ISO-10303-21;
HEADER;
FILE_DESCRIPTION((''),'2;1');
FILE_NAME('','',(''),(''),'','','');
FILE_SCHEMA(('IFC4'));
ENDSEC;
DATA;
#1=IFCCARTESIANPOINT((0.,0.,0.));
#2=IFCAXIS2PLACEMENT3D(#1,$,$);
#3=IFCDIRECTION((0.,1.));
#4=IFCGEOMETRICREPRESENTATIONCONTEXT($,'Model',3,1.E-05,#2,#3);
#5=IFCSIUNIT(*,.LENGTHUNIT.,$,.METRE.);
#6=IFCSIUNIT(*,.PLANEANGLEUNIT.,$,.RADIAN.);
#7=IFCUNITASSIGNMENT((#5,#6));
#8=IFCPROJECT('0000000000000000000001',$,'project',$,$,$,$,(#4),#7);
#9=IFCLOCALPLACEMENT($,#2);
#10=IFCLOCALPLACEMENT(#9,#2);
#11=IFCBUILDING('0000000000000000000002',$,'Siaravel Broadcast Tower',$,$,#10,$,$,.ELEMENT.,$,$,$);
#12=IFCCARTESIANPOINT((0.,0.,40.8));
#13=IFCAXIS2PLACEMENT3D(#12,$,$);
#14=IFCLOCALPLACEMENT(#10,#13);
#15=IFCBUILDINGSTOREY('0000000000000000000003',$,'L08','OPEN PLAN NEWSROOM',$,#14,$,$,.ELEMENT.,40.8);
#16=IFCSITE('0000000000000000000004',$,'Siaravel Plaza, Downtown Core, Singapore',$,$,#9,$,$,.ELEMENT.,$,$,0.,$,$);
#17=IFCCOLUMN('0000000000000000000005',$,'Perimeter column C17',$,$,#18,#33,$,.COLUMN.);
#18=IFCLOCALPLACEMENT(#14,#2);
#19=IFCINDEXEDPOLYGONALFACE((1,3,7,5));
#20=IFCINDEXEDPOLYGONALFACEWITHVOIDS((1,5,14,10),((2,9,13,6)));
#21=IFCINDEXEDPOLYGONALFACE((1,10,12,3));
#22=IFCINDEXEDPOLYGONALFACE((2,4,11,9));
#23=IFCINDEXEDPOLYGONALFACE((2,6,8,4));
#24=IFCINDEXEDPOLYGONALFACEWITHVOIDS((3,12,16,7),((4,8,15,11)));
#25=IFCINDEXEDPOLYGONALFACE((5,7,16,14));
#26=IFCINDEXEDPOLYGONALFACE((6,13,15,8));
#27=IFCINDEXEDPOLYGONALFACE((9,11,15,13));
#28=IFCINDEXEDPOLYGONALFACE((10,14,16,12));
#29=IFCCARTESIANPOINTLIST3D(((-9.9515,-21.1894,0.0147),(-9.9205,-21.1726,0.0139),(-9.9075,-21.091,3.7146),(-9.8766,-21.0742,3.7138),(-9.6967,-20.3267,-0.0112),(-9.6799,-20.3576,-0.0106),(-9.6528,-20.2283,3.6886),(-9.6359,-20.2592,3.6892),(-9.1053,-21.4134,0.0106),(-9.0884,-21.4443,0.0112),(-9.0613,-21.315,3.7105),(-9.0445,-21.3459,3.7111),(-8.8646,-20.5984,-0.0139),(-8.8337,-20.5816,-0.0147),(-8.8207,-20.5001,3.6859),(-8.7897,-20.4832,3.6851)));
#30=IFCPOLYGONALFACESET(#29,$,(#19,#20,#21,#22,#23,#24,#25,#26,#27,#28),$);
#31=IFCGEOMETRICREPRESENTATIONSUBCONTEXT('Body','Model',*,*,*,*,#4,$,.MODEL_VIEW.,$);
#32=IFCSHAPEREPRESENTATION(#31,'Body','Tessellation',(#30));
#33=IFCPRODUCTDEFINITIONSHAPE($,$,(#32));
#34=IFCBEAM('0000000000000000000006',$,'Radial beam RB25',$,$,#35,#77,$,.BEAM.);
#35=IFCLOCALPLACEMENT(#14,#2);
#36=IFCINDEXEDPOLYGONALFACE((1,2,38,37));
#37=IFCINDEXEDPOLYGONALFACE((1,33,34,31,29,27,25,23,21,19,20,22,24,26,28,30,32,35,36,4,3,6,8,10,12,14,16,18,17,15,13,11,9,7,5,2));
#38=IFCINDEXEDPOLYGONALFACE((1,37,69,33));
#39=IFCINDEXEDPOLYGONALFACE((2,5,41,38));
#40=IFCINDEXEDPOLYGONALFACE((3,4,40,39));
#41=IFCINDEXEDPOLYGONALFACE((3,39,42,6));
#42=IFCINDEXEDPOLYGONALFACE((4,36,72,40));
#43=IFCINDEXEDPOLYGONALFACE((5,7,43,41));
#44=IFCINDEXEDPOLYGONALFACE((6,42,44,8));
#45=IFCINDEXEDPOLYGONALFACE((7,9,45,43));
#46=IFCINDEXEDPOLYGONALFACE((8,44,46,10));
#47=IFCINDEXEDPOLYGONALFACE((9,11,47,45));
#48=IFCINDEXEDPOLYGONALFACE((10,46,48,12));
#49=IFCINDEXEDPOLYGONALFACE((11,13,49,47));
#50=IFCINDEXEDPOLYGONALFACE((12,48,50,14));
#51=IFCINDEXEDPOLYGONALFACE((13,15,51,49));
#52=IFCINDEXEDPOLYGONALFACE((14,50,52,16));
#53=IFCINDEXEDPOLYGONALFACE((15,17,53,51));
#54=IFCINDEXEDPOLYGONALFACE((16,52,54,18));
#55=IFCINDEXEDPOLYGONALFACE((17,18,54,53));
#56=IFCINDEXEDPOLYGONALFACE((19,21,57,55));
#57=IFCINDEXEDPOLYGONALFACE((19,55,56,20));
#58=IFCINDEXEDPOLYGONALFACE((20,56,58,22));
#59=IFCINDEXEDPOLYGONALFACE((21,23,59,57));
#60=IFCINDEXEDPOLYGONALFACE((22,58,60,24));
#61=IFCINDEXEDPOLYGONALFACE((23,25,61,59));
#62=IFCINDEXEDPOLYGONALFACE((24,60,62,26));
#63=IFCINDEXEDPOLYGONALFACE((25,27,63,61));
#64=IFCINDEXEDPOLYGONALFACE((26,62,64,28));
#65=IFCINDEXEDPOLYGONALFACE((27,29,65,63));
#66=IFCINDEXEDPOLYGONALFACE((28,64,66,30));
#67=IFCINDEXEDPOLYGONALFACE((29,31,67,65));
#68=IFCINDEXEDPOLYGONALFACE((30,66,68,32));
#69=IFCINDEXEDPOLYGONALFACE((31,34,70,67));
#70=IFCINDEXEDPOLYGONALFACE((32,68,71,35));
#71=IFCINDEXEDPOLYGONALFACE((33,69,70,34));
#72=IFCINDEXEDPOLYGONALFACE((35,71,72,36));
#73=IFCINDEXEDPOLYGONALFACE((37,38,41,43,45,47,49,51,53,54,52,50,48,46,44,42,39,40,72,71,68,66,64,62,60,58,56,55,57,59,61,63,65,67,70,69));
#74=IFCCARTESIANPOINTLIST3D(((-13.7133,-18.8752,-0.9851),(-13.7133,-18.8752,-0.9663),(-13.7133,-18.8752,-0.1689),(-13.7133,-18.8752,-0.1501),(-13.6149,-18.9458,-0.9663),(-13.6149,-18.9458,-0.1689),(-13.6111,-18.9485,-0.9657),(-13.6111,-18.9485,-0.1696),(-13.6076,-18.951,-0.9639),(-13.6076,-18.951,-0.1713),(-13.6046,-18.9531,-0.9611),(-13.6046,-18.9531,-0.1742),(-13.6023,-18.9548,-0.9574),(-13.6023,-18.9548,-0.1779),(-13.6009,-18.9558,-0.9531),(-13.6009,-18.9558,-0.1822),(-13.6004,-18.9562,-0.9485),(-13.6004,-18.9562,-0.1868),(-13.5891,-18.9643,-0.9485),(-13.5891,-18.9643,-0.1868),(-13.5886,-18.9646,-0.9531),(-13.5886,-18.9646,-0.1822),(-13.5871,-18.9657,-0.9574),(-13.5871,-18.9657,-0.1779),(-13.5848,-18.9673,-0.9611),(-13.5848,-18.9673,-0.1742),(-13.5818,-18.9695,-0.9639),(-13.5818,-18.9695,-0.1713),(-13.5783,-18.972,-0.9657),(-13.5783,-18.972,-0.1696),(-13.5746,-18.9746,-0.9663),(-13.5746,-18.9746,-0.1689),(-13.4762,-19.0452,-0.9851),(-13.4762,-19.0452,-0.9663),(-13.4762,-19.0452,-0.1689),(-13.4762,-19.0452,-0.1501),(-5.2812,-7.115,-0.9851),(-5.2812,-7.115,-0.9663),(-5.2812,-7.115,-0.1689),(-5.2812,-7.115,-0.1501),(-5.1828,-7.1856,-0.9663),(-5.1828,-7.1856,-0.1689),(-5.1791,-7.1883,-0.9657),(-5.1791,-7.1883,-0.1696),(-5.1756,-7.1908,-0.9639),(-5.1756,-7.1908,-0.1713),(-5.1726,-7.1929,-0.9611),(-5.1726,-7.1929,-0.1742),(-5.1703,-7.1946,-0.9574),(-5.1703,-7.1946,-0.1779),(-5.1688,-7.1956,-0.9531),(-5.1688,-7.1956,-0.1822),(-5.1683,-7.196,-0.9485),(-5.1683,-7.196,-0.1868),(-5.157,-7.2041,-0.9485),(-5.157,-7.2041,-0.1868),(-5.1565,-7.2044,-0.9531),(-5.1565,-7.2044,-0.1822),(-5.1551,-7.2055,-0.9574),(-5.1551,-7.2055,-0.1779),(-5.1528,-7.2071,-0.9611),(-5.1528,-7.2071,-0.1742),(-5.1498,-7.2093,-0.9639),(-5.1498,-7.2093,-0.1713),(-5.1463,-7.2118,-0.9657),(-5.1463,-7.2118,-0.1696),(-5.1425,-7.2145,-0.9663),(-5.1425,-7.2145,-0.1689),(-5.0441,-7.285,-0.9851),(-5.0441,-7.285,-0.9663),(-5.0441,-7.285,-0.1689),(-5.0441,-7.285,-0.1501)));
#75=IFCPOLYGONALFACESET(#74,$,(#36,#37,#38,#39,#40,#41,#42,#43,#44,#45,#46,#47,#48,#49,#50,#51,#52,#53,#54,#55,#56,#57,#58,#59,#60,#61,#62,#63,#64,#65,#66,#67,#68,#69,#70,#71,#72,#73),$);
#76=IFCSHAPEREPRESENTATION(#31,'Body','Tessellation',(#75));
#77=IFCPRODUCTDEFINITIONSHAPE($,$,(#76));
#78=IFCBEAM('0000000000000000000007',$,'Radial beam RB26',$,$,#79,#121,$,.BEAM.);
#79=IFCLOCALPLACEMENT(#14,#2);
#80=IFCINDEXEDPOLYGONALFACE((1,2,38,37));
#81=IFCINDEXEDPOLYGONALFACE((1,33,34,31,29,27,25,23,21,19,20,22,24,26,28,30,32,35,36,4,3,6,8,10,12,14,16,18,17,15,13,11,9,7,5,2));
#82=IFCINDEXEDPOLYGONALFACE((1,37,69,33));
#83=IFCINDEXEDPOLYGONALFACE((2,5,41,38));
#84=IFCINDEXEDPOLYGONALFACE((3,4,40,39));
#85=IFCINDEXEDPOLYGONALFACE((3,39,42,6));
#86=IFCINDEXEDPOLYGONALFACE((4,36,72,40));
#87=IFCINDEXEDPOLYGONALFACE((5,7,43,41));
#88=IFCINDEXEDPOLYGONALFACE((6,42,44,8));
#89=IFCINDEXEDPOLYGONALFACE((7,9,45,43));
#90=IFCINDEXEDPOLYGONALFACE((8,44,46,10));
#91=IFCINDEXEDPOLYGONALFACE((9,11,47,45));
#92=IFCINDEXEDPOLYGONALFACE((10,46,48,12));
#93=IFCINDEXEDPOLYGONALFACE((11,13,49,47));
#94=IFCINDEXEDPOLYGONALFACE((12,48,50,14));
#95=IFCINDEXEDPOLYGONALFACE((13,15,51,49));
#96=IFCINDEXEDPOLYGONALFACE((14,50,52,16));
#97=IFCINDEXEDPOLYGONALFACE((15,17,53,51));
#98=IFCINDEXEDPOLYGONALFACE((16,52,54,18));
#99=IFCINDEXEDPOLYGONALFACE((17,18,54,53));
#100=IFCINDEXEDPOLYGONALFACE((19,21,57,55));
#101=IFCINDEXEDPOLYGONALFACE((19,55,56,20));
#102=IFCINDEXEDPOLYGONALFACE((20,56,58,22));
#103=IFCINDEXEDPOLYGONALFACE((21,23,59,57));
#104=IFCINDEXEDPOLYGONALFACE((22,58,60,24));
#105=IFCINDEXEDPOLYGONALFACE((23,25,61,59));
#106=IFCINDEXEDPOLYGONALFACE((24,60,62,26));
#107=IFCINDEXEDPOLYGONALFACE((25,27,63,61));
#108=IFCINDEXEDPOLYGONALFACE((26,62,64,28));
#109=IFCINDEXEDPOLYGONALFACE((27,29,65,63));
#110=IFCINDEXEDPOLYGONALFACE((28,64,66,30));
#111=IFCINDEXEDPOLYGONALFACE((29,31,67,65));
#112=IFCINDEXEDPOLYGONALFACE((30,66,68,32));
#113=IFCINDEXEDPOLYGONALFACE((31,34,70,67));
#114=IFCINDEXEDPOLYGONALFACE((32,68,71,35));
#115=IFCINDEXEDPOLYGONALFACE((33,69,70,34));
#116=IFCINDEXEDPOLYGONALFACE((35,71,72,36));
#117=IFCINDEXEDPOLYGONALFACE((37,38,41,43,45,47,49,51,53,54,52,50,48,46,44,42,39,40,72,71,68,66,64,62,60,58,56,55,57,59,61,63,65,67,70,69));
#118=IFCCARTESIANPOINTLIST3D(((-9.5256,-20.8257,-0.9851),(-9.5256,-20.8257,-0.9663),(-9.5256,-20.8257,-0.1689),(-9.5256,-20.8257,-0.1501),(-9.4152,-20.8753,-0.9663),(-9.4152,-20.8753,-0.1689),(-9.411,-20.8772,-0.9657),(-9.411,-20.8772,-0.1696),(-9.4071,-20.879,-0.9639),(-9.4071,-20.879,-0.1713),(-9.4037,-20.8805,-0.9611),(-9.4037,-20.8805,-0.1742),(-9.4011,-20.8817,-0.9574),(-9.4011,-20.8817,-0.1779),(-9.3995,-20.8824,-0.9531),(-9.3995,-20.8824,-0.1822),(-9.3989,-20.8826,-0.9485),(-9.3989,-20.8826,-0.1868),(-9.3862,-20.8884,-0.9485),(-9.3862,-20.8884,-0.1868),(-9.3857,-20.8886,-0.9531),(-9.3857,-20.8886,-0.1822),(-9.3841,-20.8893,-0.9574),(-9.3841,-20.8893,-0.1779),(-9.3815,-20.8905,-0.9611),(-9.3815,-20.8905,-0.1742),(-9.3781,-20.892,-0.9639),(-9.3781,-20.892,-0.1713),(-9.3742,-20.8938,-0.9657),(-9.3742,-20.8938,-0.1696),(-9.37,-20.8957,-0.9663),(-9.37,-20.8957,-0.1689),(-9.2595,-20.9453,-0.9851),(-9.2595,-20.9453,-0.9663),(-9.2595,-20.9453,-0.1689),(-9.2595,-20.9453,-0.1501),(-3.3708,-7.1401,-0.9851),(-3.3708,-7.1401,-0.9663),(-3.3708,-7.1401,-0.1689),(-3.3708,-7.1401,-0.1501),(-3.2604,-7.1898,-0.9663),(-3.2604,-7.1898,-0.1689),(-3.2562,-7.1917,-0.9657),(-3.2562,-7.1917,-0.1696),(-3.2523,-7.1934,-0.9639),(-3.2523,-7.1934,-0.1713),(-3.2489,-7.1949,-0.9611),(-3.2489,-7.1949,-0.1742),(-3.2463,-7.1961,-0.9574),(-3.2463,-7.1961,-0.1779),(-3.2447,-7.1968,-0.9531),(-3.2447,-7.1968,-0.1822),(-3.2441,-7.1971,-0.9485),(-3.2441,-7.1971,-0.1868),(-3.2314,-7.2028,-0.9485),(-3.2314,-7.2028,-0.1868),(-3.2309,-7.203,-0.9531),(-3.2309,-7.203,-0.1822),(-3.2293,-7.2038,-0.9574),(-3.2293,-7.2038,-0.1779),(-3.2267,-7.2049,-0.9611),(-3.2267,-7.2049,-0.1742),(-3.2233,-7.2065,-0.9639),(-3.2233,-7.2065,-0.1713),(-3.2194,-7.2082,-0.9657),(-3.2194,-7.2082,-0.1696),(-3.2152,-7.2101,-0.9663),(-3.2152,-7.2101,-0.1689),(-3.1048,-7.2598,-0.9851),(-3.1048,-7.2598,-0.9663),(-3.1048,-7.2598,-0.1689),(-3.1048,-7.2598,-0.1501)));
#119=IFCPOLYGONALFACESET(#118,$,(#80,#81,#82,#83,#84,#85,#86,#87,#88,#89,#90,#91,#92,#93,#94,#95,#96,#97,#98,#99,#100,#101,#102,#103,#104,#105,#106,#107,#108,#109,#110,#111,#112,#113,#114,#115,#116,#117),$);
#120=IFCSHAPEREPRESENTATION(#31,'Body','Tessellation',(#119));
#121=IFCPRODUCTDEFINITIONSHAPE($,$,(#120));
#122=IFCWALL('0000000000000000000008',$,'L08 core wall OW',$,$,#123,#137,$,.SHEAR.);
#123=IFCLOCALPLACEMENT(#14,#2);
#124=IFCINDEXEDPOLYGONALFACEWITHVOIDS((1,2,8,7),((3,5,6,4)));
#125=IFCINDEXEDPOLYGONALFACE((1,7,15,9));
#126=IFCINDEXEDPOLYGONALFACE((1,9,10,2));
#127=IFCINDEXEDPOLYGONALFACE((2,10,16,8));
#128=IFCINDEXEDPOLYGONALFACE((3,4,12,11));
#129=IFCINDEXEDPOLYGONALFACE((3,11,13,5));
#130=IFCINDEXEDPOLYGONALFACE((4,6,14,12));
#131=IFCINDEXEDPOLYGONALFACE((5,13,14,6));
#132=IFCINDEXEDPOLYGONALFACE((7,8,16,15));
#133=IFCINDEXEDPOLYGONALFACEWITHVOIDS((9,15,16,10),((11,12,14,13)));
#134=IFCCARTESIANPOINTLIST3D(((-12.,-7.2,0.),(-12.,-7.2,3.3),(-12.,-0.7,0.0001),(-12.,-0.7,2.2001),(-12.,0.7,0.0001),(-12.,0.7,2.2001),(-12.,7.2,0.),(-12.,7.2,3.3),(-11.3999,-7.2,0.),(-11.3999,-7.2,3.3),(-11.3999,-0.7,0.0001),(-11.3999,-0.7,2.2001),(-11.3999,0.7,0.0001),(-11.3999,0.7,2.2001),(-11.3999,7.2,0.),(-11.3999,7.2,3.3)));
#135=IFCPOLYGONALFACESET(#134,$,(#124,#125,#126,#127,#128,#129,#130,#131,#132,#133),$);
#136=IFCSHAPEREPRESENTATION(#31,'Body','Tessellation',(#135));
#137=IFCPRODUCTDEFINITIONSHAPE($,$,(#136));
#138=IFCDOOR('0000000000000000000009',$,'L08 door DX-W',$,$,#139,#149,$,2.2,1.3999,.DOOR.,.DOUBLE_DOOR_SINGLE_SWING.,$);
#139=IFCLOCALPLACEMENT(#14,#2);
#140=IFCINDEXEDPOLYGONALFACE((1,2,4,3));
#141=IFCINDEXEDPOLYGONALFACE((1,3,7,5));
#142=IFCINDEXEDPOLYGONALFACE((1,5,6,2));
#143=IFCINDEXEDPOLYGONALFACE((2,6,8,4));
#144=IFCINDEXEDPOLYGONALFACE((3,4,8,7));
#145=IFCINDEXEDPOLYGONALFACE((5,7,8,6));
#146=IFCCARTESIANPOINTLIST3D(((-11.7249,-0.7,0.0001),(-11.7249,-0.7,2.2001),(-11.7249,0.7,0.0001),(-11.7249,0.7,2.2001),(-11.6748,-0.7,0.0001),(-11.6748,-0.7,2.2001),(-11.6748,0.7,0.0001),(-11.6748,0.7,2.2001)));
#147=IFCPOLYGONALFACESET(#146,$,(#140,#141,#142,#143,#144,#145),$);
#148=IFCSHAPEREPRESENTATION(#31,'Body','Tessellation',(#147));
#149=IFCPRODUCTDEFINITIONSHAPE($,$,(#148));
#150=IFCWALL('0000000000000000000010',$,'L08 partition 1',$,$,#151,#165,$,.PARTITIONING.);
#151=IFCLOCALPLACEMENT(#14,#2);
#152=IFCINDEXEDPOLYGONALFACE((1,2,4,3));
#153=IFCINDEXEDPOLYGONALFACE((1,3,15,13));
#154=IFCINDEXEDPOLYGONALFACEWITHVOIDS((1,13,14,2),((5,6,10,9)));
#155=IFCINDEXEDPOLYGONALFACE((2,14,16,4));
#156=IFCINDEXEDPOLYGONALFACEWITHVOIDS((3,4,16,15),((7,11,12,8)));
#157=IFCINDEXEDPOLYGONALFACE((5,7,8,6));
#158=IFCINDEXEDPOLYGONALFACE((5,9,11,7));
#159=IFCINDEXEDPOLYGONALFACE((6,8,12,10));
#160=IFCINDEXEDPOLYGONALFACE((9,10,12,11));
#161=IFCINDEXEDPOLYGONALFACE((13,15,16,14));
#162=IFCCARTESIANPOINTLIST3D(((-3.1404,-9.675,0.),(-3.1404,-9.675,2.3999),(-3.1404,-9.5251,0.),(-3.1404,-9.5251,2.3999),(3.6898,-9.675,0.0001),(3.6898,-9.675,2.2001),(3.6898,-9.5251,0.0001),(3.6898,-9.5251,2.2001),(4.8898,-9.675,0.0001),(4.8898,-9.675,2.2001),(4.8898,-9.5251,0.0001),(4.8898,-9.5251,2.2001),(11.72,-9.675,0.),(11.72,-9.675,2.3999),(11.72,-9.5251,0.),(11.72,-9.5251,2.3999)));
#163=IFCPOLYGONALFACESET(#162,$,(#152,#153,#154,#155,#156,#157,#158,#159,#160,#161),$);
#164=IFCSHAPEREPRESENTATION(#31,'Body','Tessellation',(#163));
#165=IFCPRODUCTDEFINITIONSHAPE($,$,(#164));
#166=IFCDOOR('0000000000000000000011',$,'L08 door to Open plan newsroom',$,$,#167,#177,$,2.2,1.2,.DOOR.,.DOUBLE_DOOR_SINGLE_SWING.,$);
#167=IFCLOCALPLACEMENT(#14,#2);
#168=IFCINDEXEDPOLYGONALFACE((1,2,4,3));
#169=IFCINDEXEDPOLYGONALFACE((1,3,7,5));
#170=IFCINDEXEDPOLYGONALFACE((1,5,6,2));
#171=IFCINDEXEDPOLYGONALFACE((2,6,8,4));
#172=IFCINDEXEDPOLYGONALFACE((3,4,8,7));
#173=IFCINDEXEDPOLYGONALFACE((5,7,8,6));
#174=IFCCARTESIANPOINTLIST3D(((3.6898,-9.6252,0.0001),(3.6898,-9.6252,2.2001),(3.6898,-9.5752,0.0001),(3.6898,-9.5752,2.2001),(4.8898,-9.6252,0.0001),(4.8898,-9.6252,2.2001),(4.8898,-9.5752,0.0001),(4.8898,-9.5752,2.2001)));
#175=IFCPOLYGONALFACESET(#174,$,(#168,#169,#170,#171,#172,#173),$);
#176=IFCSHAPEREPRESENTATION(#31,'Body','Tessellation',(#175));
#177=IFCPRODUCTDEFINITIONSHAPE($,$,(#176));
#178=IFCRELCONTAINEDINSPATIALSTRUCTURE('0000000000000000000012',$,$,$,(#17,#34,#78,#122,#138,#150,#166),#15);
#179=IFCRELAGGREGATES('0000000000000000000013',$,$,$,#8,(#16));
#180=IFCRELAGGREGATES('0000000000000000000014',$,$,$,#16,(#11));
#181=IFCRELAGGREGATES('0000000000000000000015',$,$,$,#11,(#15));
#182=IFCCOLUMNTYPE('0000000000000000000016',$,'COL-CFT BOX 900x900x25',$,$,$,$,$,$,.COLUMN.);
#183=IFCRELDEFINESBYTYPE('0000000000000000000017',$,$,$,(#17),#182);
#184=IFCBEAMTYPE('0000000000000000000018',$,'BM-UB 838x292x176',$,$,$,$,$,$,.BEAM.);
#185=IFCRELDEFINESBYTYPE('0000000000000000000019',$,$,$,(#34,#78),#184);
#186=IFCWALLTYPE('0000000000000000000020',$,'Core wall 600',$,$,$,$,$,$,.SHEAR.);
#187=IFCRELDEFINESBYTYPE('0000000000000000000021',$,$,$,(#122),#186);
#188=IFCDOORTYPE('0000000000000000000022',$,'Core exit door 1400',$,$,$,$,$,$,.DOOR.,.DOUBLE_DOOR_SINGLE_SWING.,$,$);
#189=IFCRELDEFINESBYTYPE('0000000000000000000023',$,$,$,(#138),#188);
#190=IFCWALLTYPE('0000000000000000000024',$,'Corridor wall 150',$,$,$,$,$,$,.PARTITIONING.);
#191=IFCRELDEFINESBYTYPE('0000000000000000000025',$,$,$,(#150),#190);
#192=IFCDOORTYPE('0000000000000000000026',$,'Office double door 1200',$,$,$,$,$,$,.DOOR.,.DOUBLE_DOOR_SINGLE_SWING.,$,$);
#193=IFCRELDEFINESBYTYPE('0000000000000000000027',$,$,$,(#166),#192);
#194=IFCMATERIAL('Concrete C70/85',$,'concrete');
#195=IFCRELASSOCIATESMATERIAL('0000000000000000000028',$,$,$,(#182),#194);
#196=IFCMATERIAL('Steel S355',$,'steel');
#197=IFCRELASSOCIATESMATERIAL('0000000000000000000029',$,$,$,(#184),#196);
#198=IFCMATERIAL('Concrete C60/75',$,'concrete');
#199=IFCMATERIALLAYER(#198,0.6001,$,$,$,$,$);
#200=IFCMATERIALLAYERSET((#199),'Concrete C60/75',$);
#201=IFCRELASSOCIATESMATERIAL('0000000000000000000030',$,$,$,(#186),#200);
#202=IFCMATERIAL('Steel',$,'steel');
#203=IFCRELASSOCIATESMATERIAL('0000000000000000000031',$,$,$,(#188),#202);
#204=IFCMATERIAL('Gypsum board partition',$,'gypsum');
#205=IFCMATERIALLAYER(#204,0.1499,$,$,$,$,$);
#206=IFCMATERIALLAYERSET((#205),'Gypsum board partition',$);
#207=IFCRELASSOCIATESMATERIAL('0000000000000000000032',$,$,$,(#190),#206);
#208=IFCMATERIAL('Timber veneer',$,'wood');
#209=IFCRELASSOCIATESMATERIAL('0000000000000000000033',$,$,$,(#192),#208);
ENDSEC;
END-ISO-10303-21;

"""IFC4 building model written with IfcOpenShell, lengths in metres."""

from ifc_helpers import new_model, si_unit, direction, frame, frame_2d, origin, origin_2d, place, context, subcontext, project, spatial, rectangle, hollow_rectangle, i_section, extrude, material, layer, layer_set, material_profile, profile_set, type_object, element, fill, save


model = new_model("IFC4")

# Units and contexts
model_context = context("Model", 3, precision=1e-05, world=origin(), true_north=direction((0.0, 1.0)))
body_context = subcontext(model_context, "Body", "Model", "MODEL_VIEW")
ifc_project = project(units=[si_unit("LENGTHUNIT", "METRE"), si_unit("PLANEANGLEUNIT", "RADIAN")], contexts=[model_context])

# Site, building, storey
site_placement = place(None, origin())
site = spatial("IfcSite", under=ifc_project, at=site_placement, Name="Siaravel Plaza, Downtown Core, Singapore", CompositionType="ELEMENT", RefElevation=0.0)
building_placement = place(site_placement, origin())
building = spatial("IfcBuilding", under=site, at=building_placement, Name="Siaravel Broadcast Tower", CompositionType="ELEMENT")
storey_placement = place(building_placement, frame((0.0, 0.0, 40.8)))
storey = spatial("IfcBuildingStorey", under=building, at=storey_placement, Name="L08", Description="OPEN PLAN NEWSROOM", CompositionType="ELEMENT", Elevation=40.8)

# Column
ifc_material_1 = material(Name="Concrete C70/85", Category="concrete")
ifc_material_profile_1 = material_profile(ifc_material_1, hollow_rectangle(XDim=0.8999, YDim=0.8999, WallThickness=0.0249, at=origin_2d()))
ifc_profile_set_1 = profile_set([ifc_material_profile_1], Name="Concrete C70/85")
column_type = type_object("IfcColumnType", Name="COL-CFT BOX 900x900x25", PredefinedType="COLUMN", material=ifc_profile_set_1)
column_placement = place(storey_placement, frame((-9.3926, -20.8855, 0.0), z_axis=(0.011872, 0.026581, 0.999576), x_axis=(-0.95902, 0.283312, 0.003857)))
element("IfcColumn", 1, at=column_placement, inside=storey, type_object=column_type, Name="Perimeter column C17", PredefinedType="COLUMN", context=body_context, shape_type="SweptSolid", body=[
    extrude(hollow_rectangle(XDim=0.8999, YDim=0.8999, WallThickness=0.0249, at=origin_2d()), origin(), (0.0, 0.0, 1.0), 3.7014),
])

# Beams
ifc_material_2 = material(Name="Steel S355", Category="steel")
ifc_material_profile_2 = material_profile(ifc_material_2, i_section(OverallWidth=0.2917, OverallDepth=0.835, WebThickness=0.0139, FlangeThickness=0.0188, FilletRadius=0.0178, at=origin_2d()))
ifc_profile_set_2 = profile_set([ifc_material_profile_2], Name="Steel S355")
beam_type = type_object("IfcBeamType", Name="BM-UB 838x292x176", PredefinedType="BEAM", material=ifc_profile_set_2)
beam_1_placement = place(storey_placement, frame((-13.5947, -18.9602, -0.5676), z_axis=(0.582699, 0.812688, 0.0), x_axis=(-0.812688, 0.582699, 0.0)))
element("IfcBeam", 2, at=beam_1_placement, inside=storey, type_object=beam_type, Name="Radial beam RB25", PredefinedType="BEAM", context=body_context, shape_type="SweptSolid", body=[
    extrude(i_section(OverallWidth=0.2917, OverallDepth=0.835, WebThickness=0.0139, FlangeThickness=0.0188, FilletRadius=0.0178, at=origin_2d()), origin(), (0.0, 0.0, 1.0), 14.4707),
])
beam_2_placement = place(storey_placement, frame((-9.3926, -20.8855, -0.5676), z_axis=(0.410159, 0.912014, 0.0), x_axis=(-0.912014, 0.410159, 0.0)))
element("IfcBeam", 3, at=beam_2_placement, inside=storey, type_object=beam_type, Name="Radial beam RB26", PredefinedType="BEAM", context=body_context, shape_type="SweptSolid", body=[
    extrude(i_section(OverallWidth=0.2917, OverallDepth=0.835, WebThickness=0.0139, FlangeThickness=0.0188, FilletRadius=0.0178, at=origin_2d()), origin(), (0.0, 0.0, 1.0), 15.0059),
])

# Wall, opening, door
ifc_material_3 = material(Name="Concrete C60/75", Category="concrete")
ifc_layer_1 = layer(ifc_material_3, 0.6001)
ifc_layer_set_1 = layer_set([ifc_layer_1], Name="Concrete C60/75")
wall_type_1 = type_object("IfcWallType", Name="Core wall 600", PredefinedType="SHEAR", material=ifc_layer_set_1)
wall_1_placement = place(storey_placement, frame((-11.7, -7.2, 0.0), z_axis=(0.0, 0.0, 1.0), x_axis=(0.0, 1.0, 0.0)))
wall_1 = element("IfcWall", 4, at=wall_1_placement, inside=storey, type_object=wall_type_1, Name="L08 core wall OW", PredefinedType="SHEAR", context=body_context, shape_type="SweptSolid", body=[
    extrude(rectangle(XDim=14.3999, YDim=0.6001, at=frame_2d((7.2, 0.0))), origin(), (0.0, 0.0, 1.0), 3.3),
])
opening_1_placement = place(wall_1_placement, frame((6.5, 0.0, 0.0)))
opening_1 = element("IfcOpeningElement", 5, at=opening_1_placement, cuts=wall_1, PredefinedType="OPENING", context=body_context, shape_type="SweptSolid", body=[
    extrude(rectangle(XDim=1.3999, YDim=2.2, at=frame_2d((0.7, 1.1001))), frame((0.0, 0.3101, 0.0), z_axis=(0.0, -1.0, 0.0), x_axis=(1.0, 0.0, 0.0)), (0.0, 0.0, 1.0), 0.6201),
])
ifc_material_4 = material(Name="Steel", Category="steel")
door_type_1 = type_object("IfcDoorType", Name="Core exit door 1400", OperationType="DOUBLE_DOOR_SINGLE_SWING", PredefinedType="DOOR", material=ifc_material_4)
door_1_placement = place(opening_1_placement, origin())
door_1 = element("IfcDoor", 6, at=door_1_placement, inside=storey, type_object=door_type_1, Name="L08 door DX-W", OperationType="DOUBLE_DOOR_SINGLE_SWING", OverallHeight=2.2, OverallWidth=1.3999, PredefinedType="DOOR", context=body_context, shape_type="SweptSolid", body=[
    extrude(rectangle(XDim=1.3999, YDim=2.2, at=frame_2d((0.7, 1.1001))), frame((0.0, 0.0249, 0.0), z_axis=(0.0, -1.0, 0.0), x_axis=(1.0, 0.0, 0.0)), (0.0, 0.0, 1.0), 0.05),
])
fill(opening_1, door_1)

# Wall, opening, door
ifc_material_5 = material(Name="Gypsum board partition", Category="gypsum")
ifc_layer_2 = layer(ifc_material_5, 0.1499)
ifc_layer_set_2 = layer_set([ifc_layer_2], Name="Gypsum board partition")
wall_type_2 = type_object("IfcWallType", Name="Corridor wall 150", PredefinedType="PARTITIONING", material=ifc_layer_set_2)
wall_2_placement = place(storey_placement, frame((-3.1404, -9.6001, 0.0), z_axis=(0.0, 0.0, 1.0), x_axis=(1.0, 0.0, 0.0)))
wall_2 = element("IfcWall", 7, at=wall_2_placement, inside=storey, type_object=wall_type_2, Name="L08 partition 1", PredefinedType="PARTITIONING", context=body_context, shape_type="SweptSolid", body=[
    extrude(rectangle(XDim=14.8604, YDim=0.1499, at=frame_2d((7.4302, 0.0))), origin(), (0.0, 0.0, 1.0), 2.3999),
])
opening_2_placement = place(wall_2_placement, frame((6.8301, 0.0, 0.0)))
opening_2 = element("IfcOpeningElement", 8, at=opening_2_placement, cuts=wall_2, PredefinedType="OPENING", context=body_context, shape_type="SweptSolid", body=[
    extrude(rectangle(XDim=1.2, YDim=2.2, at=frame_2d((0.6001, 1.1001))), frame((0.0, 0.085, 0.0), z_axis=(0.0, -1.0, 0.0), x_axis=(1.0, 0.0, 0.0)), (0.0, 0.0, 1.0), 0.1699),
])
ifc_material_6 = material(Name="Timber veneer", Category="wood")
door_type_2 = type_object("IfcDoorType", Name="Office double door 1200", OperationType="DOUBLE_DOOR_SINGLE_SWING", PredefinedType="DOOR", material=ifc_material_6)
door_2_placement = place(opening_2_placement, origin())
door_2 = element("IfcDoor", 9, at=door_2_placement, inside=storey, type_object=door_type_2, Name="L08 door to Open plan newsroom", OperationType="DOUBLE_DOOR_SINGLE_SWING", OverallHeight=2.2, OverallWidth=1.2, PredefinedType="DOOR", context=body_context, shape_type="SweptSolid", body=[
    extrude(rectangle(XDim=1.2, YDim=2.2, at=frame_2d((0.6001, 1.1001))), frame((0.0, 0.0249, 0.0), z_axis=(0.0, -1.0, 0.0), x_axis=(1.0, 0.0, 0.0)), (0.0, 0.0, 1.0), 0.05),
])
fill(opening_2, door_2)

save(model, "model.ifc")
